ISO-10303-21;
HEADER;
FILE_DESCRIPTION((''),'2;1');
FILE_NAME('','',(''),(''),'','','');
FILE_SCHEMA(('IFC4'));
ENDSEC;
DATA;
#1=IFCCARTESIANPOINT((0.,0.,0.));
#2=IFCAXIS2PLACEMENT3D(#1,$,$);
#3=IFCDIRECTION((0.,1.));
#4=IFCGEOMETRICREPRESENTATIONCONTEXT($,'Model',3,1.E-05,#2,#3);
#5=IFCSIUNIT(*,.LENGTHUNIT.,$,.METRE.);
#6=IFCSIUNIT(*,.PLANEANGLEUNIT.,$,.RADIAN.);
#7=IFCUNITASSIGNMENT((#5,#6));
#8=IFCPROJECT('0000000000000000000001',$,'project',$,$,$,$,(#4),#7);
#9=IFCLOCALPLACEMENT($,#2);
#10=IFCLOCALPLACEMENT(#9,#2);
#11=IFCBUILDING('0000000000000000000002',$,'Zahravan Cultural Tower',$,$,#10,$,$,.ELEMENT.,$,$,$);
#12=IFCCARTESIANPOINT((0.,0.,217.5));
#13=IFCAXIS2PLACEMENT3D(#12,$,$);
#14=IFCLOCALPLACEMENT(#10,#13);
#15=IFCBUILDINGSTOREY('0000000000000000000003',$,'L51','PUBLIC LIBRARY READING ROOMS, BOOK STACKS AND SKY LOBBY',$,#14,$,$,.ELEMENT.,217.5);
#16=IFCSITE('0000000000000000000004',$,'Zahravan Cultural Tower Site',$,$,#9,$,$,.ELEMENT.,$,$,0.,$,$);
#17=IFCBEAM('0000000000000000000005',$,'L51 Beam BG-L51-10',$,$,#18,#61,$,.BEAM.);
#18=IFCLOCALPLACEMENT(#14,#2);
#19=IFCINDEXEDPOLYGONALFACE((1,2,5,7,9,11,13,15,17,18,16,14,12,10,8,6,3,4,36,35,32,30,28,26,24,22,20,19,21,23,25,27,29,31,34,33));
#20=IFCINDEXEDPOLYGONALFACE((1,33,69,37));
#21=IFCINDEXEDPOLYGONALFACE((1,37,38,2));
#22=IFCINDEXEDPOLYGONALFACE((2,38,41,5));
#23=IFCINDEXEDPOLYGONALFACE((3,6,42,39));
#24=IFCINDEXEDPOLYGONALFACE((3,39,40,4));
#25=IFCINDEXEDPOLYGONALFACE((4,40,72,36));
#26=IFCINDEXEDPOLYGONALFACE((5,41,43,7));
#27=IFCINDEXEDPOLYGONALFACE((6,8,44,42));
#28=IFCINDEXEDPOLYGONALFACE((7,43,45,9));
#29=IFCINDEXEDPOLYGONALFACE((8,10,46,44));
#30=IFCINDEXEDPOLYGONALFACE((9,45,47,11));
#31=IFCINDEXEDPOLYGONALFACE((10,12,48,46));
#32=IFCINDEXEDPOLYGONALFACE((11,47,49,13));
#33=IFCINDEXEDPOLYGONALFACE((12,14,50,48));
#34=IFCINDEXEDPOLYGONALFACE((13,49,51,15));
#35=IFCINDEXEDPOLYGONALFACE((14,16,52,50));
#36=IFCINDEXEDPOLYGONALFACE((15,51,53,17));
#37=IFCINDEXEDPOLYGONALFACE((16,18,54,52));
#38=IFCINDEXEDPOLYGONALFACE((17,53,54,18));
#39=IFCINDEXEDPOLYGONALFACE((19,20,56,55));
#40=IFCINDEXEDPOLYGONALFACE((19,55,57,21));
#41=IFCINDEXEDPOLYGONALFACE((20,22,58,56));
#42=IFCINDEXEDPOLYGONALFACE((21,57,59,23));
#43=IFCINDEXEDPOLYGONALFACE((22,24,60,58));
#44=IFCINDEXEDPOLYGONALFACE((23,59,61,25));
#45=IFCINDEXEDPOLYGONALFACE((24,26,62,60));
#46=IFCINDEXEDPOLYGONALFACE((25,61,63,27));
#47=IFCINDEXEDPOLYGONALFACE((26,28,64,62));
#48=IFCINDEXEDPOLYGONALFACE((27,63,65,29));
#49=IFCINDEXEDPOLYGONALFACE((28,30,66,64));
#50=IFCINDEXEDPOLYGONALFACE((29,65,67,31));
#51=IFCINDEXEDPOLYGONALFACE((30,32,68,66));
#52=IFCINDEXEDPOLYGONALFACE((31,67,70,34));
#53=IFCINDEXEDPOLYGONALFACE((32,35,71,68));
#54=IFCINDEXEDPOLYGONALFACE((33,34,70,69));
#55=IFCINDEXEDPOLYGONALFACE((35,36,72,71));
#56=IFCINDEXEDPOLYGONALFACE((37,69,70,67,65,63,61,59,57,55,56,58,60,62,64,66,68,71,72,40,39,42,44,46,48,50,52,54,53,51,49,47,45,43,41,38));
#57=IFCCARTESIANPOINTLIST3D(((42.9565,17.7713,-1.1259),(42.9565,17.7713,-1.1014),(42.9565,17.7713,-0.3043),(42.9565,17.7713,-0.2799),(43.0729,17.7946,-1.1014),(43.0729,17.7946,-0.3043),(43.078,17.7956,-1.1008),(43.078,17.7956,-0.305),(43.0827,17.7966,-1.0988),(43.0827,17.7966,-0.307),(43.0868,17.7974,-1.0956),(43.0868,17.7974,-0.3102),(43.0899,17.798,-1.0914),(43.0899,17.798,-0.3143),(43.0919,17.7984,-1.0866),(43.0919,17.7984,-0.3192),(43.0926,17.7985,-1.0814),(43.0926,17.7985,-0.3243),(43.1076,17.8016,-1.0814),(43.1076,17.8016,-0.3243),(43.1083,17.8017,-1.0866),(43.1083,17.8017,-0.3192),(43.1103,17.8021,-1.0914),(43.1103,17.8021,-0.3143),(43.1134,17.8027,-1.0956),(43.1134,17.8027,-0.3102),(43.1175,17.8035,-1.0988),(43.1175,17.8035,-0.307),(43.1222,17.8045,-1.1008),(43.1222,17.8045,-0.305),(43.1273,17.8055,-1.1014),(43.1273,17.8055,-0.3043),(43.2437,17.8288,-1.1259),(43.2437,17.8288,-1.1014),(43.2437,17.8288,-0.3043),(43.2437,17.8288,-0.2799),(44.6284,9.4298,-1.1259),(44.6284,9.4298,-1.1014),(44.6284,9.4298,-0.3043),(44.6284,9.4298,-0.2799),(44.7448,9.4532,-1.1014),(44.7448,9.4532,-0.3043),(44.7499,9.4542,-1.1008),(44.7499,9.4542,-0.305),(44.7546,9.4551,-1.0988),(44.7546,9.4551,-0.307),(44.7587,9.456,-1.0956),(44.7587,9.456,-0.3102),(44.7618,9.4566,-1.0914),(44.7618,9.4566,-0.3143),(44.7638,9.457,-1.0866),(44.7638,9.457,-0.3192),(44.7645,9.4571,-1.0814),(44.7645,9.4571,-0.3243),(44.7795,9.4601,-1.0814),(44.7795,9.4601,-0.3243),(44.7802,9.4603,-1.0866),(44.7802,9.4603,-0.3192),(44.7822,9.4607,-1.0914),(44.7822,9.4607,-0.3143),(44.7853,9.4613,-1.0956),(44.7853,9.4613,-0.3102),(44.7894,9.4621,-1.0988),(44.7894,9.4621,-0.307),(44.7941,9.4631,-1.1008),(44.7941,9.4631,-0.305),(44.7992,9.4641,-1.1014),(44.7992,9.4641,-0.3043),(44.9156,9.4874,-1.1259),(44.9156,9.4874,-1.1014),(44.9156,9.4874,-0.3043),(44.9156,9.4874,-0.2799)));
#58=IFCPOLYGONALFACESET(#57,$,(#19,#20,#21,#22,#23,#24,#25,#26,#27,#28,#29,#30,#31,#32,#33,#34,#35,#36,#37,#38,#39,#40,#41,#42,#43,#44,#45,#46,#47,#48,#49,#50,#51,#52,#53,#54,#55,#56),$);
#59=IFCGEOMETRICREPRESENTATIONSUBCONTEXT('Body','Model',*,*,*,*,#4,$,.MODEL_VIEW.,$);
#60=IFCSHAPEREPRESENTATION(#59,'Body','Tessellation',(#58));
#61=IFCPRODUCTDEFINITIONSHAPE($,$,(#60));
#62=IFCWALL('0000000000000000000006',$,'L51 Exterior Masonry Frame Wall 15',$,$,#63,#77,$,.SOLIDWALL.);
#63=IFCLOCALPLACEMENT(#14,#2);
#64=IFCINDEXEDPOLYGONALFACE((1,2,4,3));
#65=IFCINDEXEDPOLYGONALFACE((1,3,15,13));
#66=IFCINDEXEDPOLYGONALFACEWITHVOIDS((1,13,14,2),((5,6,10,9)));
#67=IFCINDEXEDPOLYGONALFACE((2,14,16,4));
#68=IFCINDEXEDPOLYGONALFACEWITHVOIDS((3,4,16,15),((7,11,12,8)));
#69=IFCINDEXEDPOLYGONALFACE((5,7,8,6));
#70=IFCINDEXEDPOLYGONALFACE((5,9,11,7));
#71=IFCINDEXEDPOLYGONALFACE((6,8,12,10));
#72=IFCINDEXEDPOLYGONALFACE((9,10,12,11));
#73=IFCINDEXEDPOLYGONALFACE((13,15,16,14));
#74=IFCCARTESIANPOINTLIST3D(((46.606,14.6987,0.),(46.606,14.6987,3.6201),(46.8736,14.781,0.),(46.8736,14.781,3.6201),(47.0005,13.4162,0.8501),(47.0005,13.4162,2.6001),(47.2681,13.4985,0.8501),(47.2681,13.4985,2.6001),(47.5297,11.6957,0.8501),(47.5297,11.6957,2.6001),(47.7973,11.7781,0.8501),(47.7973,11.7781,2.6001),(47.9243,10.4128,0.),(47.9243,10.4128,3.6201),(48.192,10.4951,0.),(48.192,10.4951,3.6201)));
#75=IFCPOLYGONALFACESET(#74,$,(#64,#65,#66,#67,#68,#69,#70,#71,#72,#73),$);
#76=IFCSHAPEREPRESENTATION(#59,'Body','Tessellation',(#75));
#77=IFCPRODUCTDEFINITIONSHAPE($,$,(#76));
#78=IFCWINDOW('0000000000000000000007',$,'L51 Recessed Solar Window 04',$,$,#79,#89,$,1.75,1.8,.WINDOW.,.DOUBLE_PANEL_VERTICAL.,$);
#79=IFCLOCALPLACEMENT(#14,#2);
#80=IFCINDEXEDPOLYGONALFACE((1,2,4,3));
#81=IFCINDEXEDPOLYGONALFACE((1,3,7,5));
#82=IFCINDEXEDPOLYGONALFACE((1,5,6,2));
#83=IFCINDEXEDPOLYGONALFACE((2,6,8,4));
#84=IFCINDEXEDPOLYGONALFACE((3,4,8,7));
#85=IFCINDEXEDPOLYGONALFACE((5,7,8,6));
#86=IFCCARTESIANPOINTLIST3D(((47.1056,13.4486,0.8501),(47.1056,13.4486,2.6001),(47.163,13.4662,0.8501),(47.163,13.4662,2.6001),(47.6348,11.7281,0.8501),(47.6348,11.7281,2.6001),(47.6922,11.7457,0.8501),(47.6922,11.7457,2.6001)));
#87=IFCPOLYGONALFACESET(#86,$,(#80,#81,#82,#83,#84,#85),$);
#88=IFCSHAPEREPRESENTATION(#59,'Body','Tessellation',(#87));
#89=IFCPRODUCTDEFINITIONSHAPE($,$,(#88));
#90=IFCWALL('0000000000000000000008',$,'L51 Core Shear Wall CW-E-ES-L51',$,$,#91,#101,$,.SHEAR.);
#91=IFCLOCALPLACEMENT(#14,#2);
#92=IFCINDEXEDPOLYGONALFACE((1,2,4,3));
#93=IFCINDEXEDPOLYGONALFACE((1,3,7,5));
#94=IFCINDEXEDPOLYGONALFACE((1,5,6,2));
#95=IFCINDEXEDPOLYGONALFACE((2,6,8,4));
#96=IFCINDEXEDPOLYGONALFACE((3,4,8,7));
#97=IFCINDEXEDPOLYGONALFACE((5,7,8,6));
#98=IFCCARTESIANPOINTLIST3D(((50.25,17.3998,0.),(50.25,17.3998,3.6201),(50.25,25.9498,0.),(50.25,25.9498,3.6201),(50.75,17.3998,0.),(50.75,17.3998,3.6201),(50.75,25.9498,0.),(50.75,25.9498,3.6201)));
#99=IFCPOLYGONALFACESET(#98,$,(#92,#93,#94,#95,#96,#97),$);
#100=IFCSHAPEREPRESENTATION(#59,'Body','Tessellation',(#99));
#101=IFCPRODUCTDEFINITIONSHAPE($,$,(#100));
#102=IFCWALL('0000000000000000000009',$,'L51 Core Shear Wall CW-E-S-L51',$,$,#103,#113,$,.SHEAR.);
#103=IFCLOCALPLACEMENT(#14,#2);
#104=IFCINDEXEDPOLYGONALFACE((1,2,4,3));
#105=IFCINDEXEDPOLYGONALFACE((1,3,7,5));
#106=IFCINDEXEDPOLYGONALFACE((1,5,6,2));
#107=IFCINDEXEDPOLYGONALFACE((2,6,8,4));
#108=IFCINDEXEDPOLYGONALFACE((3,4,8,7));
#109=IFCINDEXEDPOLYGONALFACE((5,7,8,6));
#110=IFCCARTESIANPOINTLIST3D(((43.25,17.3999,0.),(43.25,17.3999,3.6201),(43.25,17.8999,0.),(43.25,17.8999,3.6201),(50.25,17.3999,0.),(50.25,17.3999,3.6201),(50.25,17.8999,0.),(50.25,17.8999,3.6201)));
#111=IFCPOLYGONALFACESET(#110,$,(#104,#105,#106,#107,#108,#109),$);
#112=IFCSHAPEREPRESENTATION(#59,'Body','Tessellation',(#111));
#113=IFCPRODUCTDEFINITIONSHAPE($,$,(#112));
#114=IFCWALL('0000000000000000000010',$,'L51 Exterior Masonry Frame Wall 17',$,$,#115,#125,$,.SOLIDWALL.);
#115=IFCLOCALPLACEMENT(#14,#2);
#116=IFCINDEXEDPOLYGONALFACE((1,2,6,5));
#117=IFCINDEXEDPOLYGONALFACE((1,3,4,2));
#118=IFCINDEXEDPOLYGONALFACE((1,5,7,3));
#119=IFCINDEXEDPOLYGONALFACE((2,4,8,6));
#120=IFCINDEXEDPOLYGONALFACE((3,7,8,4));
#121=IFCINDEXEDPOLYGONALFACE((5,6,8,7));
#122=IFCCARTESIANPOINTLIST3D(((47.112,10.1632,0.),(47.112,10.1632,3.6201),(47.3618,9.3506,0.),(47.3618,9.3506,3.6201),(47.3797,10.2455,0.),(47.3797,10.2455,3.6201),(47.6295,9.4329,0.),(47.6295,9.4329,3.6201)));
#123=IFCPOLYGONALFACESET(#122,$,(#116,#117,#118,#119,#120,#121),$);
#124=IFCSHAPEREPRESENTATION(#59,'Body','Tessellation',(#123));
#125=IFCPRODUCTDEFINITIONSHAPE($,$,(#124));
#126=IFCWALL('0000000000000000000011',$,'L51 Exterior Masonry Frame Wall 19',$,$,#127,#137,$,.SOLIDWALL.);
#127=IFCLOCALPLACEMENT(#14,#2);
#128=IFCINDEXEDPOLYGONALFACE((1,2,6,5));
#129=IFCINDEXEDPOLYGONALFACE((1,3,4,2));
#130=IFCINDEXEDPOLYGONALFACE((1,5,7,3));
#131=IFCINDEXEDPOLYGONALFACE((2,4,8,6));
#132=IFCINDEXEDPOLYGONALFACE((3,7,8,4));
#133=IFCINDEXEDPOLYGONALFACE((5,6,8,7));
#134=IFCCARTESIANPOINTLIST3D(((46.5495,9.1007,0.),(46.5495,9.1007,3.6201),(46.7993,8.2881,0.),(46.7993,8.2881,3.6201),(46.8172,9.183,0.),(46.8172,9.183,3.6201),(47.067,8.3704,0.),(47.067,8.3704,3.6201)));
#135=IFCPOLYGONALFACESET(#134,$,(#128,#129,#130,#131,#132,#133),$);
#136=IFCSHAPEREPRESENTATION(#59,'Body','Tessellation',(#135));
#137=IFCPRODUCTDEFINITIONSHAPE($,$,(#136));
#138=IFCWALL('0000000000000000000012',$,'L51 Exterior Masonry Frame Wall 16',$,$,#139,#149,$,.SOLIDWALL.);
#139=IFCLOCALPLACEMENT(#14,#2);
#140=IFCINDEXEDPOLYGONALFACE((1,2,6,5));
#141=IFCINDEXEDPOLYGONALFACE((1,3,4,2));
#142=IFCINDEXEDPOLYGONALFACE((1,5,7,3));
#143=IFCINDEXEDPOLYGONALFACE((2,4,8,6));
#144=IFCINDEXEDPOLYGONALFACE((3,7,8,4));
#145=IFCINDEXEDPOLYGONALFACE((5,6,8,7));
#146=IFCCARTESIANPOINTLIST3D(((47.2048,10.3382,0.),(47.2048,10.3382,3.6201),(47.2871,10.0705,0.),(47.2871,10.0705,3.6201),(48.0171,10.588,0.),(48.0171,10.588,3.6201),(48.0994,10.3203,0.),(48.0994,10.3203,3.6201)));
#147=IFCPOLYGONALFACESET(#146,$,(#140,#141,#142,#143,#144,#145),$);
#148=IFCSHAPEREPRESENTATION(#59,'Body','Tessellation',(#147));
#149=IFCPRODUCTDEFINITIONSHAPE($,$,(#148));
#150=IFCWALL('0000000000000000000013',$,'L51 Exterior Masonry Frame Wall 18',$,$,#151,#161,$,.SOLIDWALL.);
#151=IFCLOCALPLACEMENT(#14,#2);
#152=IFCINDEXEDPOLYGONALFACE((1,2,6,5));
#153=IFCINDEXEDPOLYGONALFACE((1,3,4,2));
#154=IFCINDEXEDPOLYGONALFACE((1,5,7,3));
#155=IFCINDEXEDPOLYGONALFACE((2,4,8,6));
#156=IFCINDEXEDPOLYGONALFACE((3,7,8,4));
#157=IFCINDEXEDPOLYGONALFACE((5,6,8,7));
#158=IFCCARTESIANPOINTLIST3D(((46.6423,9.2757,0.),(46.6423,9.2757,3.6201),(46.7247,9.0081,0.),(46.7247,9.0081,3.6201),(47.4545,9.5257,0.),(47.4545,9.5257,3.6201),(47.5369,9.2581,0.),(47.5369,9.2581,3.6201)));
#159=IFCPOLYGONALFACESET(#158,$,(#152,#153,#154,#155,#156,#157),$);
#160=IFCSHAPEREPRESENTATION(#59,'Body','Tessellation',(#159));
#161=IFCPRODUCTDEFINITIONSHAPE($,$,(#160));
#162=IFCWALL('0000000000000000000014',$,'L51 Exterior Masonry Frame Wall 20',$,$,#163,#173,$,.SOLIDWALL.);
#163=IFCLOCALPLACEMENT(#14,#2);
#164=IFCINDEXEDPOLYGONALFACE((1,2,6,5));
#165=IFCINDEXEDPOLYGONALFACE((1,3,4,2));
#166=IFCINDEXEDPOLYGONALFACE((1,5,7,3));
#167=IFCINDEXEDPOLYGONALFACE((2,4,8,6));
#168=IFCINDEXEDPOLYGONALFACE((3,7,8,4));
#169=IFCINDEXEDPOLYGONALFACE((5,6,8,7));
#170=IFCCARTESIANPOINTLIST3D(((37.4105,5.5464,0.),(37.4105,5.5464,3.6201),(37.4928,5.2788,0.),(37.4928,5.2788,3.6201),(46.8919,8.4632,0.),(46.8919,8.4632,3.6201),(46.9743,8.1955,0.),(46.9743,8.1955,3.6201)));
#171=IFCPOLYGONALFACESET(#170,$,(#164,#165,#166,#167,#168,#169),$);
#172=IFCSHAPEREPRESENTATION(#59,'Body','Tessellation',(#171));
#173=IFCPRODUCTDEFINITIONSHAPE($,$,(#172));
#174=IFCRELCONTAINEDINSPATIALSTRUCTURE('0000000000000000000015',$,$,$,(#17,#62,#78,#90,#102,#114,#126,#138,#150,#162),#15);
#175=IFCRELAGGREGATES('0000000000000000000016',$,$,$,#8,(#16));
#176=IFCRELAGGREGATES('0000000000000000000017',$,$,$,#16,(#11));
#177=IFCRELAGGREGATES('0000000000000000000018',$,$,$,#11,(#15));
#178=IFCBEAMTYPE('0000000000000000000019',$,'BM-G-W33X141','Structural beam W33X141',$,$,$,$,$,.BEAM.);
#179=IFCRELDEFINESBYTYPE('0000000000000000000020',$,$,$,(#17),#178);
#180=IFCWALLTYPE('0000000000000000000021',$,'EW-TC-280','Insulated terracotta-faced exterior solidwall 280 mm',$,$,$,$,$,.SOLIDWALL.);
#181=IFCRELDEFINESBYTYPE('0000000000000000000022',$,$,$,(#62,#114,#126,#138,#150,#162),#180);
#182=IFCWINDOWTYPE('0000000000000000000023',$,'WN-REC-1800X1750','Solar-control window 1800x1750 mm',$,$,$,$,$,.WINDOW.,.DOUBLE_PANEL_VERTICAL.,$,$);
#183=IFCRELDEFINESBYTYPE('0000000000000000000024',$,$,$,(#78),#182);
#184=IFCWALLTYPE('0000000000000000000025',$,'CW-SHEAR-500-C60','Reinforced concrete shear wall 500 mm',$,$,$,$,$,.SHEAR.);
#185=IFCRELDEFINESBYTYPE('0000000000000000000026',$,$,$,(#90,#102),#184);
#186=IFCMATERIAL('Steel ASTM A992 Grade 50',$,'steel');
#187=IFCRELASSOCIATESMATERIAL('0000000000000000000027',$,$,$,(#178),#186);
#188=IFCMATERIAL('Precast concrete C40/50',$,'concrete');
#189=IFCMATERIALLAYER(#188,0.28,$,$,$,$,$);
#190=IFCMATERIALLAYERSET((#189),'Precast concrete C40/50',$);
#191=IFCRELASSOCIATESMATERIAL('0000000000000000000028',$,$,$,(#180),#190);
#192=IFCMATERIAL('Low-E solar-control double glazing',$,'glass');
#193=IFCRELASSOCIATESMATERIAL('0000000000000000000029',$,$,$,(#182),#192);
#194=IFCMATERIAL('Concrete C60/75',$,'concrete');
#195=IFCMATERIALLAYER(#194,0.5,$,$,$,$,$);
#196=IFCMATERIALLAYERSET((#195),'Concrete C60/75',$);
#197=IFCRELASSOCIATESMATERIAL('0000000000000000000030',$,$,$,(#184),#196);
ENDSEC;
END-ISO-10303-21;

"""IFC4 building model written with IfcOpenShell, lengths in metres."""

from ifc_helpers import new_model, si_unit, direction, frame, frame_2d, origin, origin_2d, place, context, subcontext, project, spatial, rectangle, i_section, extrude, source, transform, mapped, material, layer, layer_set, material_profile, profile_set, type_object, element, fill, save


model = new_model("IFC4")

# Units and contexts
model_context = context("Model", 3, precision=1e-05, world=origin(), true_north=direction((0.0, 1.0)))
body_context = subcontext(model_context, "Body", "Model", "MODEL_VIEW")
ifc_project = project(units=[si_unit("LENGTHUNIT", "METRE"), si_unit("PLANEANGLEUNIT", "RADIAN")], contexts=[model_context])

# Site, building, storey
site_placement = place(None, origin())
site = spatial("IfcSite", under=ifc_project, at=site_placement, Name="Zahravan Cultural Tower Site", CompositionType="ELEMENT", RefElevation=0.0)
building_placement = place(site_placement, origin())
building = spatial("IfcBuilding", under=site, at=building_placement, Name="Zahravan Cultural Tower", CompositionType="ELEMENT")
storey_placement = place(building_placement, frame((0.0, 0.0, 217.5)))
storey = spatial("IfcBuildingStorey", under=building, at=storey_placement, Name="L51", Description="PUBLIC LIBRARY READING ROOMS, BOOK STACKS AND SKY LOBBY", CompositionType="ELEMENT", Elevation=217.5)

# Shared definitions
ifc_material_1 = material(Name="Steel ASTM A992 Grade 50", Category="steel")

# Beam
ifc_material_profile_1 = material_profile(ifc_material_1, i_section(OverallWidth=0.293, OverallDepth=0.8459, WebThickness=0.0154, FlangeThickness=0.0244, FilletRadius=0.02, at=origin_2d()), Name="W33X141")
ifc_profile_set_1 = profile_set([ifc_material_profile_1], Name="Steel ASTM A992 Grade 50")
beam_type_1 = type_object("IfcBeamType", Name="BM-G-W33X141", Description="Structural beam W33X141", PredefinedType="BEAM", material=ifc_profile_set_1)
shared_shape_1 = source(origin(), body_context, "Body", "SweptSolid", [
    extrude(i_section(OverallWidth=0.293, OverallDepth=0.8459, WebThickness=0.0154, FlangeThickness=0.0244, FilletRadius=0.02, at=origin_2d()), origin(), (0.0, 0.0, 1.0), 8.5073),
])
beam_1_placement = place(storey_placement, frame((43.1001, 17.8, -0.7029), z_axis=(0.196525, -0.980499, 0.0), x_axis=(0.980499, 0.196525, 0.0)))
element("IfcBeam", 1, at=beam_1_placement, inside=storey, type_object=beam_type_1, Name="L51 Beam BG-L51-10", PredefinedType="BEAM", context=body_context, shape_type="MappedRepresentation", body=[
    mapped(shared_shape_1, transform((0.0, 0.0, 0.0), x_axis=(1.0, 0.0, 0.0), y_axis=(0.0, 1.0, 0.0), z_axis=(0.0, 0.0, 1.0), scale=1.0)),
])

# Wall, opening, window
ifc_material_2 = material(Name="Precast concrete C40/50", Category="concrete")
ifc_layer_1 = layer(ifc_material_2, 0.28)
ifc_layer_set_1 = layer_set([ifc_layer_1], Name="Precast concrete C40/50")
wall_type_1 = type_object("IfcWallType", Name="EW-TC-280", Description="Insulated terracotta-faced exterior solidwall 280 mm", PredefinedType="SOLIDWALL", material=ifc_layer_set_1)
wall_1_placement = place(storey_placement, frame((46.7397, 14.74, 0.0), z_axis=(0.0, 0.0, 1.0), x_axis=(0.294009, -0.955803, 0.0)))
wall_1 = element("IfcWall", 2, at=wall_1_placement, inside=storey, type_object=wall_type_1, Name="L51 Exterior Masonry Frame Wall 15", PredefinedType="SOLIDWALL", context=body_context, shape_type="SweptSolid", body=[
    extrude(rectangle(XDim=4.4841, YDim=0.28, at=frame_2d((2.2422, 0.0))), origin(), (0.0, 0.0, 1.0), 3.6201),
])
opening_placement = place(wall_1_placement, frame((1.342, 0.0, 0.8501)))
opening = element("IfcOpeningElement", 3, at=opening_placement, cuts=wall_1, PredefinedType="OPENING", context=body_context, shape_type="SweptSolid", body=[
    extrude(rectangle(XDim=1.8, YDim=1.75, at=frame_2d((0.8999, 0.875))), frame((0.0, 0.1499, 0.0), z_axis=(0.0, -1.0, 0.0), x_axis=(1.0, 0.0, 0.0)), (0.0, 0.0, 1.0), 0.3),
])
ifc_material_3 = material(Name="Low-E solar-control double glazing", Category="glass")
window_type = type_object("IfcWindowType", Name="WN-REC-1800X1750", Description="Solar-control window 1800x1750 mm", PartitioningType="DOUBLE_PANEL_VERTICAL", PredefinedType="WINDOW", material=ifc_material_3)
shared_shape_2 = source(origin(), body_context, "Body", "SweptSolid", [
    extrude(rectangle(XDim=1.8, YDim=1.75, at=frame_2d((0.8999, 0.875))), frame((0.0, 0.03, 0.0), z_axis=(0.0, -1.0, 0.0), x_axis=(1.0, 0.0, 0.0)), (0.0, 0.0, 1.0), 0.0601),
])
window_placement = place(opening_placement, origin())
window = element("IfcWindow", 4, at=window_placement, inside=storey, type_object=window_type, Name="L51 Recessed Solar Window 04", OverallHeight=1.75, OverallWidth=1.8, PartitioningType="DOUBLE_PANEL_VERTICAL", PredefinedType="WINDOW", context=body_context, shape_type="MappedRepresentation", body=[
    mapped(shared_shape_2, transform((0.0, 0.0, 0.0), x_axis=(1.0, 0.0, 0.0), y_axis=(0.0, 1.0, 0.0), z_axis=(0.0, 0.0, 1.0), scale=1.0)),
])
fill(opening, window)

# Walls
ifc_material_4 = material(Name="Concrete C60/75", Category="concrete")
ifc_layer_2 = layer(ifc_material_4, 0.5)
ifc_layer_set_2 = layer_set([ifc_layer_2], Name="Concrete C60/75")
wall_type_2 = type_object("IfcWallType", Name="CW-SHEAR-500-C60", Description="Reinforced concrete shear wall 500 mm", PredefinedType="SHEAR", material=ifc_layer_set_2)
shared_shape_3 = source(origin(), body_context, "Body", "SweptSolid", [
    extrude(rectangle(XDim=8.55, YDim=0.5, at=frame_2d((4.2749, 0.0))), origin(), (0.0, 0.0, 1.0), 3.6201),
])
wall_2_placement = place(storey_placement, frame((50.5, 17.3999, 0.0), z_axis=(0.0, 0.0, 1.0), x_axis=(0.0, 1.0, 0.0)))
element("IfcWall", 5, at=wall_2_placement, inside=storey, type_object=wall_type_2, Name="L51 Core Shear Wall CW-E-ES-L51", PredefinedType="SHEAR", context=body_context, shape_type="MappedRepresentation", body=[
    mapped(shared_shape_3, transform((0.0, 0.0, 0.0), x_axis=(1.0, 0.0, 0.0), y_axis=(0.0, 1.0, 0.0), z_axis=(0.0, 0.0, 1.0), scale=1.0)),
])
shared_shape_4 = source(origin(), body_context, "Body", "SweptSolid", [
    extrude(rectangle(XDim=7.0, YDim=0.5, at=frame_2d((3.5, 0.0))), origin(), (0.0, 0.0, 1.0), 3.6201),
])
wall_3_placement = place(storey_placement, frame((43.25, 17.6499, 0.0), z_axis=(0.0, 0.0, 1.0), x_axis=(1.0, 0.0, 0.0)))
element("IfcWall", 6, at=wall_3_placement, inside=storey, type_object=wall_type_2, Name="L51 Core Shear Wall CW-E-S-L51", PredefinedType="SHEAR", context=body_context, shape_type="MappedRepresentation", body=[
    mapped(shared_shape_4, transform((0.0, 0.0, 0.0), x_axis=(1.0, 0.0, 0.0), y_axis=(0.0, 1.0, 0.0), z_axis=(0.0, 0.0, 1.0), scale=1.0)),
])
shared_shape_5 = source(origin(), body_context, "Body", "SweptSolid", [
    extrude(rectangle(XDim=0.8501, YDim=0.28, at=frame_2d((0.425, 0.0))), origin(), (0.0, 0.0, 1.0), 3.6201),
])
for number, where, z_axis, x_axis, name in (
    (7, (47.2458, 10.2043, 0.0), (0.0, 0.0, 1.0), (0.293823, -0.95586, 0.0), "L51 Exterior Masonry Frame Wall 17"),
    (8, (46.6833, 9.1418, 0.0), (0.0, 0.0, 1.0), (0.293823, -0.95586, 0.0), "L51 Exterior Masonry Frame Wall 19"),
):
    element("IfcWall", number, at=place(storey_placement, frame(where, z_axis=z_axis, x_axis=x_axis)), inside=storey, type_object=wall_type_1, Name=name, PredefinedType="SOLIDWALL", context=body_context, shape_type="MappedRepresentation", body=[
        mapped(shared_shape_5, transform((0.0, 0.0, 0.0), x_axis=(1.0, 0.0, 0.0), y_axis=(0.0, 1.0, 0.0), z_axis=(0.0, 0.0, 1.0), scale=1.0)),
    ])
shared_shape_6 = source(origin(), body_context, "Body", "SweptSolid", [
    extrude(rectangle(XDim=0.8499, YDim=0.28, at=frame_2d((0.4248, 0.0))), origin(), (0.0, 0.0, 1.0), 3.6201),
])
for number, where, z_axis, x_axis, name in (
    (9, (48.0581, 10.4541, 0.0), (0.0, 0.0, 1.0), (-0.955835, -0.293904, 0.0), "L51 Exterior Masonry Frame Wall 16"),
    (10, (47.4956, 9.3918, 0.0), (0.0, 0.0, 1.0), (-0.955754, -0.294167, 0.0), "L51 Exterior Masonry Frame Wall 18"),
):
    element("IfcWall", number, at=place(storey_placement, frame(where, z_axis=z_axis, x_axis=x_axis)), inside=storey, type_object=wall_type_1, Name=name, PredefinedType="SOLIDWALL", context=body_context, shape_type="MappedRepresentation", body=[
        mapped(shared_shape_6, transform((0.0, 0.0, 0.0), x_axis=(1.0, 0.0, 0.0), y_axis=(0.0, 1.0, 0.0), z_axis=(0.0, 0.0, 1.0), scale=1.0)),
    ])
shared_shape_7 = source(origin(), body_context, "Body", "SweptSolid", [
    extrude(rectangle(XDim=9.9199, YDim=0.28, at=frame_2d((4.96, 0.0))), origin(), (0.0, 0.0, 1.0), 3.6201),
])
wall_4_placement = place(storey_placement, frame((46.9331, 8.3293, 0.0), z_axis=(0.0, 0.0, 1.0), x_axis=(-0.955797, -0.294029, 0.0)))
element("IfcWall", 11, at=wall_4_placement, inside=storey, type_object=wall_type_1, Name="L51 Exterior Masonry Frame Wall 20", PredefinedType="SOLIDWALL", context=body_context, shape_type="MappedRepresentation", body=[
    mapped(shared_shape_7, transform((0.0, 0.0, 0.0), x_axis=(1.0, 0.0, 0.0), y_axis=(0.0, 1.0, 0.0), z_axis=(0.0, 0.0, 1.0), scale=1.0)),
])

save(model, "model.ifc")
